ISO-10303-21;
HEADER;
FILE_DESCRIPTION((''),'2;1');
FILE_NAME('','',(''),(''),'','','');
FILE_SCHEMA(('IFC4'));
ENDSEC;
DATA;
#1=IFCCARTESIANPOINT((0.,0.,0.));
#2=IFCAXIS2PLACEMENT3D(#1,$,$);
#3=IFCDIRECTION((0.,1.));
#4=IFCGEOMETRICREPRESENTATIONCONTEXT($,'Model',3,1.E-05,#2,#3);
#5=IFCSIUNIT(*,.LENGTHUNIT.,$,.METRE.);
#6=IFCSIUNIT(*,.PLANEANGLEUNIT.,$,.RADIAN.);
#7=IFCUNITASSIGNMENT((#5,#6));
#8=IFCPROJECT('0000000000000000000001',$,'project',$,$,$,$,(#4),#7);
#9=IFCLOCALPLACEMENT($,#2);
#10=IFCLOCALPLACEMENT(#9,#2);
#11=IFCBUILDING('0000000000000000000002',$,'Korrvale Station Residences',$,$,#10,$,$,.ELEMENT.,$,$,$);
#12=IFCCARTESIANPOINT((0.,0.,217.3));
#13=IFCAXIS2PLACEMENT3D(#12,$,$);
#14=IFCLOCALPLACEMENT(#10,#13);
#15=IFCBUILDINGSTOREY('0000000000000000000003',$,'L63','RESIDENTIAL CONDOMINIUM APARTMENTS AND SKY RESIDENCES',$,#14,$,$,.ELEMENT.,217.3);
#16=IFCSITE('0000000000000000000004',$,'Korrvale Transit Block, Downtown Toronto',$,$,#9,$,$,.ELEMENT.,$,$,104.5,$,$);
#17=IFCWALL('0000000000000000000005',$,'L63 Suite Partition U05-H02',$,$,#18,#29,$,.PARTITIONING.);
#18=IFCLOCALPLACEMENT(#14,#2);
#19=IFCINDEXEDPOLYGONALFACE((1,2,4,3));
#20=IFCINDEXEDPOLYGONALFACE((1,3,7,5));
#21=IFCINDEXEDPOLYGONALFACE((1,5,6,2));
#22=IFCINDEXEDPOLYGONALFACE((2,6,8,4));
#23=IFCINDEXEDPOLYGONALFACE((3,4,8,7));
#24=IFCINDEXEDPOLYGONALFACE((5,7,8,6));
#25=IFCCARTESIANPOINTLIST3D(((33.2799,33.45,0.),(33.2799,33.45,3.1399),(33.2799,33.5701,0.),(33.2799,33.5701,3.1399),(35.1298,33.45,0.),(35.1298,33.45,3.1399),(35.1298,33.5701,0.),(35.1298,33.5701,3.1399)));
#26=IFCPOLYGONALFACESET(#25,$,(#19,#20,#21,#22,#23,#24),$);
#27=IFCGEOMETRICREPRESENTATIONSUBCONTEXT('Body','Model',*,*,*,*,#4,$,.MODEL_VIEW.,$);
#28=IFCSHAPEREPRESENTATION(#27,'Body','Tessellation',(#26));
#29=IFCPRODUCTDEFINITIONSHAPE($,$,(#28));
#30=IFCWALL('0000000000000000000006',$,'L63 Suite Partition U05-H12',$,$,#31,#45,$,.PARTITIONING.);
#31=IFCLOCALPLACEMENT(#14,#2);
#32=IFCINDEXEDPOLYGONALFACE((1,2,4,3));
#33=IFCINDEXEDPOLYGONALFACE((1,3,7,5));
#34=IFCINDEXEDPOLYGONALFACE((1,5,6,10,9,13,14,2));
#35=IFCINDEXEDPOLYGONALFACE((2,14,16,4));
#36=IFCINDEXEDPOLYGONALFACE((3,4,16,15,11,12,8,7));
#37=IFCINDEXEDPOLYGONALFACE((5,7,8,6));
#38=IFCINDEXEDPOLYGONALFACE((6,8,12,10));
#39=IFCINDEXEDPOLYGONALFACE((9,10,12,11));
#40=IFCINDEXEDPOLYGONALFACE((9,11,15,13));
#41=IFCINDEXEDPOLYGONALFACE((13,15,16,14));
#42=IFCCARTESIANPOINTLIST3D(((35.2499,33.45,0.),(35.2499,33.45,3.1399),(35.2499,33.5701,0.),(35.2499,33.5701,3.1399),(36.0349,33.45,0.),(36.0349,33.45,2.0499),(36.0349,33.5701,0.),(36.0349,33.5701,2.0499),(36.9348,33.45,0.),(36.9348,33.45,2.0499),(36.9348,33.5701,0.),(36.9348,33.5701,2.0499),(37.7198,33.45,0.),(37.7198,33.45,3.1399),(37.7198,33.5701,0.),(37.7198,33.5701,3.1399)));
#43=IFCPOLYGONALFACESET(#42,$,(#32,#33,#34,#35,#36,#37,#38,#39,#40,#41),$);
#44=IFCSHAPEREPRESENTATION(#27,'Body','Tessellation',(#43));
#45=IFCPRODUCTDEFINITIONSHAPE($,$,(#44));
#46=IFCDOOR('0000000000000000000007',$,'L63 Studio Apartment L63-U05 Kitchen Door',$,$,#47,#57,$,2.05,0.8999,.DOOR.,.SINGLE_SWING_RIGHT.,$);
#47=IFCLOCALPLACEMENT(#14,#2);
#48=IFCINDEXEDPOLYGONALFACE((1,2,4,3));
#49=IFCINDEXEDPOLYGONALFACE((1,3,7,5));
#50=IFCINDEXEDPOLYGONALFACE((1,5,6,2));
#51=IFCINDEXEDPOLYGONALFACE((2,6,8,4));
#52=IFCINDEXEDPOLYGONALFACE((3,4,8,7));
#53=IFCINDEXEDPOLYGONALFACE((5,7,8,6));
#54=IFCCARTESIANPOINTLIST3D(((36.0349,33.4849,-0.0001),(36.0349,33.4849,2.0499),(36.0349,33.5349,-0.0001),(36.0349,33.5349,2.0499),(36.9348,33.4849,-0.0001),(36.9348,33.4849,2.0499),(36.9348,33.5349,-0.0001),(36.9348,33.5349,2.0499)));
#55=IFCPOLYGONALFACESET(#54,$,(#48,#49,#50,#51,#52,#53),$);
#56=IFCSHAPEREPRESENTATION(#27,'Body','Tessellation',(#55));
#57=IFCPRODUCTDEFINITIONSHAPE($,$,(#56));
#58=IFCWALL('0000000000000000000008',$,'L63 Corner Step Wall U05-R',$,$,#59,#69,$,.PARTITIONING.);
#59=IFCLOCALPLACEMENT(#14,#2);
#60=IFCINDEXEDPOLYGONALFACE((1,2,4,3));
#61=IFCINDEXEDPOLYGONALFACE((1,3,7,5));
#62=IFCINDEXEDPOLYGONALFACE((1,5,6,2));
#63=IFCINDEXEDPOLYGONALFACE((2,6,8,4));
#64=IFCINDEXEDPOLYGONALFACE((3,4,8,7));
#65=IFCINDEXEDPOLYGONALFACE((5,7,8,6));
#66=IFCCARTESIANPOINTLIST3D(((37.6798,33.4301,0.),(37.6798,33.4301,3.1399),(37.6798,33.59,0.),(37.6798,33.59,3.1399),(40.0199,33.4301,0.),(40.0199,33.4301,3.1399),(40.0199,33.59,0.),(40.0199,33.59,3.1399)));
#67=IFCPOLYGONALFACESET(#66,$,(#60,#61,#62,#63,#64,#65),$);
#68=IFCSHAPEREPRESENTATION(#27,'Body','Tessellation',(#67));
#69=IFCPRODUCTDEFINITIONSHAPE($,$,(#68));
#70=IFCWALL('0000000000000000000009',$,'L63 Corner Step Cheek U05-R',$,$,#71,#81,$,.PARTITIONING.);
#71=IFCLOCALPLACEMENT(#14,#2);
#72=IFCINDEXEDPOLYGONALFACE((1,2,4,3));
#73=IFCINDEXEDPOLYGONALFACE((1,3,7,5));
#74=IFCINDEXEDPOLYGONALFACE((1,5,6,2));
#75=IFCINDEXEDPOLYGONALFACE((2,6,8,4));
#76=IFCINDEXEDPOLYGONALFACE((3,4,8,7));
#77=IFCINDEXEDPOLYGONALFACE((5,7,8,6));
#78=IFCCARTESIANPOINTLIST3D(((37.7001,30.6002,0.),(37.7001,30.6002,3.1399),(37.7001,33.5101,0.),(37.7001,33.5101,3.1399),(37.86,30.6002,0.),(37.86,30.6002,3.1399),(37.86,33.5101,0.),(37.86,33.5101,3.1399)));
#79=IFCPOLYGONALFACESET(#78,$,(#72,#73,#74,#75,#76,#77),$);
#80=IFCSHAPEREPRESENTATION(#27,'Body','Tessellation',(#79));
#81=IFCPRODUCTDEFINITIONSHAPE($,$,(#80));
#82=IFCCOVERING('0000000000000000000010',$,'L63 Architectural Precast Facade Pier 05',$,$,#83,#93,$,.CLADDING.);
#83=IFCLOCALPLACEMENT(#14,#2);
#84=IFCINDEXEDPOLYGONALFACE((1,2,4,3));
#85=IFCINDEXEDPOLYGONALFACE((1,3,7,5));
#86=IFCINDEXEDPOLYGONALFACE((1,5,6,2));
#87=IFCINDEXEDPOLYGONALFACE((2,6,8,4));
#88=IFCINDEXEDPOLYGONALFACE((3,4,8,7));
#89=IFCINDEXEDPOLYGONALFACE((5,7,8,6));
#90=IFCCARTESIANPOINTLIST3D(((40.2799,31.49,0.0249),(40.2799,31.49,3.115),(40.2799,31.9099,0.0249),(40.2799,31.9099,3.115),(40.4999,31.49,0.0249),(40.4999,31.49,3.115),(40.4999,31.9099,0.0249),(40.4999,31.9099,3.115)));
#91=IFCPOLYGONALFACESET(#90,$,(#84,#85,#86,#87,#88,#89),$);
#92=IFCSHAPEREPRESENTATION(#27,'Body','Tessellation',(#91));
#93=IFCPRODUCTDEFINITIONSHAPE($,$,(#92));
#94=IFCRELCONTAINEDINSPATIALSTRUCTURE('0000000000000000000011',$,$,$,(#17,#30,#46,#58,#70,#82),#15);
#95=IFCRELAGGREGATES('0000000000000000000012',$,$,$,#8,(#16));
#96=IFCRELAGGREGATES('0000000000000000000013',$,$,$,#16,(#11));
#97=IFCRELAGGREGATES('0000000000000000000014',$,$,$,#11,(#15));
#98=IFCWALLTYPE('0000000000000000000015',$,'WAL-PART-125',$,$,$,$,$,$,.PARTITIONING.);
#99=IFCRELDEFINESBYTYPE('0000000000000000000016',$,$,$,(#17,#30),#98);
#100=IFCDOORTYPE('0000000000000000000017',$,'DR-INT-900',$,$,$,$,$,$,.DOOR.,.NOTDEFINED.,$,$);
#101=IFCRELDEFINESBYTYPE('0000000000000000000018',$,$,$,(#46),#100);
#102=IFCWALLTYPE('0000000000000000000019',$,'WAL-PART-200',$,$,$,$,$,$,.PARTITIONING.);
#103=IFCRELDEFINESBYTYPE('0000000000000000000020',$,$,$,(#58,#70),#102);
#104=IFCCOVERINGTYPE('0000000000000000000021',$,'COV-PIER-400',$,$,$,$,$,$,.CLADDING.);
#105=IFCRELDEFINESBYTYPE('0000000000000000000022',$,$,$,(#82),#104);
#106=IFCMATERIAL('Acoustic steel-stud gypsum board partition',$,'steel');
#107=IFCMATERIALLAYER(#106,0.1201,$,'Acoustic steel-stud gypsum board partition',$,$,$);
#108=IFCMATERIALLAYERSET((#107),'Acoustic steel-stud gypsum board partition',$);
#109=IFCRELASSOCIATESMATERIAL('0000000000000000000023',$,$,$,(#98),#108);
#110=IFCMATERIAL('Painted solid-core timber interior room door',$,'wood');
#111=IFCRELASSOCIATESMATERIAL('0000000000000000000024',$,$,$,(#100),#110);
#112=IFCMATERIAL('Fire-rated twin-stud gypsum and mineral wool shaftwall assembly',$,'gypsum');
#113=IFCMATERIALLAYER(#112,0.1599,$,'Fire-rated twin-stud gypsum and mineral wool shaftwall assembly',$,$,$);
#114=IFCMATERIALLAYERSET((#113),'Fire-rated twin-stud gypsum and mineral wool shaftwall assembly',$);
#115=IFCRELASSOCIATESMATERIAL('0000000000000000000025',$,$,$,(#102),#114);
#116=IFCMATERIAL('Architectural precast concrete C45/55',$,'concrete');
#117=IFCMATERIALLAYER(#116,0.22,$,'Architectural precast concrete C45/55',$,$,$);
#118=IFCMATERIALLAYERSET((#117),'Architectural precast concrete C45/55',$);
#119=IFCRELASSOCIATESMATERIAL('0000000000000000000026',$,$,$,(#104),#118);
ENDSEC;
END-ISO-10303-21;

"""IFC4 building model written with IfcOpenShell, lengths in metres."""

from ifc_helpers import new_model, si_unit, direction, frame, frame_2d, origin, origin_2d, place, context, subcontext, project, spatial, rectangle, extrude, material, layer, layer_set, type_object, element, fill, save


model = new_model("IFC4")

# Units and contexts
model_context = context("Model", 3, precision=1e-05, world=origin(), true_north=direction((0.0, 1.0)))
body_context = subcontext(model_context, "Body", "Model", "MODEL_VIEW")
ifc_project = project(units=[si_unit("LENGTHUNIT", "METRE"), si_unit("PLANEANGLEUNIT", "RADIAN")], contexts=[model_context])

# Site, building, storey
site_placement = place(None, origin())
site = spatial("IfcSite", under=ifc_project, at=site_placement, Name="Korrvale Transit Block, Downtown Toronto", CompositionType="ELEMENT", RefElevation=104.5)
building_placement = place(site_placement, origin())
building = spatial("IfcBuilding", under=site, at=building_placement, Name="Korrvale Station Residences", CompositionType="ELEMENT")
storey_placement = place(building_placement, frame((0.0, 0.0, 217.3)))
storey = spatial("IfcBuildingStorey", under=building, at=storey_placement, Name="L63", Description="RESIDENTIAL CONDOMINIUM APARTMENTS AND SKY RESIDENCES", CompositionType="ELEMENT", Elevation=217.3)

# Shared definitions
ifc_material_1 = material(Name="Acoustic steel-stud gypsum board partition", Category="steel")
ifc_layer_1 = layer(ifc_material_1, 0.1201, Name="Acoustic steel-stud gypsum board partition")
ifc_layer_set_1 = layer_set([ifc_layer_1], Name="Acoustic steel-stud gypsum board partition")
wall_type_1 = type_object("IfcWallType", Name="WAL-PART-125", PredefinedType="PARTITIONING", material=ifc_layer_set_1)

# Wall
wall_1_placement = place(storey_placement, frame((33.28, 33.51, 0.0), z_axis=(0.0, 0.0, 1.0), x_axis=(1.0, 0.0, 0.0)))
element("IfcWall", 1, at=wall_1_placement, inside=storey, type_object=wall_type_1, Name="L63 Suite Partition U05-H02", PredefinedType="PARTITIONING", context=body_context, shape_type="SweptSolid", body=[
    extrude(rectangle(XDim=1.8499, YDim=0.1201, at=frame_2d((0.9248, 0.0))), origin(), (0.0, 0.0, 1.0), 3.1399),
])

# Wall, opening, door
wall_2_placement = place(storey_placement, frame((35.25, 33.51, 0.0), z_axis=(0.0, 0.0, 1.0), x_axis=(1.0, 0.0, 0.0)))
wall_2 = element("IfcWall", 2, at=wall_2_placement, inside=storey, type_object=wall_type_1, Name="L63 Suite Partition U05-H12", PredefinedType="PARTITIONING", context=body_context, shape_type="SweptSolid", body=[
    extrude(rectangle(XDim=2.47, YDim=0.1201, at=frame_2d((1.2349, 0.0))), origin(), (0.0, 0.0, 1.0), 3.1399),
])
opening_1_placement = place(wall_2_placement, frame((0.7849, 0.0, 0.0)))
opening_1 = element("IfcOpeningElement", 3, at=opening_1_placement, cuts=wall_2, PredefinedType="OPENING", context=body_context, shape_type="SweptSolid", body=[
    extrude(rectangle(XDim=0.8999, YDim=2.05, at=frame_2d((0.45, 1.0249))), frame((0.0, 0.0701, 0.0), z_axis=(0.0, -1.0, 0.0), x_axis=(1.0, 0.0, 0.0)), (0.0, 0.0, 1.0), 0.1401),
])
ifc_material_2 = material(Name="Painted solid-core timber interior room door", Category="wood")
door_type_1 = type_object("IfcDoorType", Name="DR-INT-900", OperationType="NOTDEFINED", PredefinedType="DOOR", material=ifc_material_2)
door_1_placement = place(opening_1_placement, origin())
door_1 = element("IfcDoor", 4, at=door_1_placement, inside=storey, type_object=door_type_1, Name="L63 Studio Apartment L63-U05 Kitchen Door", OperationType="SINGLE_SWING_RIGHT", OverallHeight=2.05, OverallWidth=0.8999, PredefinedType="DOOR", context=body_context, shape_type="SweptSolid", body=[
    extrude(rectangle(XDim=0.8999, YDim=2.05, at=frame_2d((0.45, 1.0249))), frame((0.0, 0.0249, 0.0), z_axis=(0.0, -1.0, 0.0), x_axis=(1.0, 0.0, 0.0)), (0.0, 0.0, 1.0), 0.05),
])
fill(opening_1, door_1)

# Walls
ifc_material_3 = material(Name="Fire-rated twin-stud gypsum and mineral wool shaftwall assembly", Category="gypsum")
ifc_layer_2 = layer(ifc_material_3, 0.1599, Name="Fire-rated twin-stud gypsum and mineral wool shaftwall assembly")
ifc_layer_set_2 = layer_set([ifc_layer_2], Name="Fire-rated twin-stud gypsum and mineral wool shaftwall assembly")
wall_type_2 = type_object("IfcWallType", Name="WAL-PART-200", PredefinedType="PARTITIONING", material=ifc_layer_set_2)
wall_3_placement = place(storey_placement, frame((37.6799, 33.51, 0.0), z_axis=(0.0, 0.0, 1.0), x_axis=(1.0, 0.0, 0.0)))
element("IfcWall", 5, at=wall_3_placement, inside=storey, type_object=wall_type_2, Name="L63 Corner Step Wall U05-R", PredefinedType="PARTITIONING", context=body_context, shape_type="SweptSolid", body=[
    extrude(rectangle(XDim=2.3401, YDim=0.1599, at=frame_2d((1.1699, 0.0))), origin(), (0.0, 0.0, 1.0), 3.1399),
])
wall_4_placement = place(storey_placement, frame((37.78, 30.6001, 0.0), z_axis=(0.0, 0.0, 1.0), x_axis=(0.0, 1.0, 0.0)))
element("IfcWall", 6, at=wall_4_placement, inside=storey, type_object=wall_type_2, Name="L63 Corner Step Cheek U05-R", PredefinedType="PARTITIONING", context=body_context, shape_type="SweptSolid", body=[
    extrude(rectangle(XDim=2.9099, YDim=0.1599, at=frame_2d((1.4551, 0.0))), origin(), (0.0, 0.0, 1.0), 3.1399),
])

# Covering
ifc_material_4 = material(Name="Architectural precast concrete C45/55", Category="concrete")
ifc_layer_3 = layer(ifc_material_4, 0.22, Name="Architectural precast concrete C45/55")
ifc_layer_set_3 = layer_set([ifc_layer_3], Name="Architectural precast concrete C45/55")
covering_type = type_object("IfcCoveringType", Name="COV-PIER-400", PredefinedType="CLADDING", material=ifc_layer_set_3)
covering_placement = place(storey_placement, frame((40.3899, 31.7, 0.0249), z_axis=(0.0, 0.0, 1.0), x_axis=(0.0, 1.0, 0.0)))
element("IfcCovering", 7, at=covering_placement, inside=storey, type_object=covering_type, Name="L63 Architectural Precast Facade Pier 05", PredefinedType="CLADDING", context=body_context, shape_type="SweptSolid", body=[
    extrude(rectangle(XDim=0.4199, YDim=0.22, at=origin_2d()), origin(), (0.0, 0.0, 1.0), 3.0901),
])

save(model, "model.ifc")
